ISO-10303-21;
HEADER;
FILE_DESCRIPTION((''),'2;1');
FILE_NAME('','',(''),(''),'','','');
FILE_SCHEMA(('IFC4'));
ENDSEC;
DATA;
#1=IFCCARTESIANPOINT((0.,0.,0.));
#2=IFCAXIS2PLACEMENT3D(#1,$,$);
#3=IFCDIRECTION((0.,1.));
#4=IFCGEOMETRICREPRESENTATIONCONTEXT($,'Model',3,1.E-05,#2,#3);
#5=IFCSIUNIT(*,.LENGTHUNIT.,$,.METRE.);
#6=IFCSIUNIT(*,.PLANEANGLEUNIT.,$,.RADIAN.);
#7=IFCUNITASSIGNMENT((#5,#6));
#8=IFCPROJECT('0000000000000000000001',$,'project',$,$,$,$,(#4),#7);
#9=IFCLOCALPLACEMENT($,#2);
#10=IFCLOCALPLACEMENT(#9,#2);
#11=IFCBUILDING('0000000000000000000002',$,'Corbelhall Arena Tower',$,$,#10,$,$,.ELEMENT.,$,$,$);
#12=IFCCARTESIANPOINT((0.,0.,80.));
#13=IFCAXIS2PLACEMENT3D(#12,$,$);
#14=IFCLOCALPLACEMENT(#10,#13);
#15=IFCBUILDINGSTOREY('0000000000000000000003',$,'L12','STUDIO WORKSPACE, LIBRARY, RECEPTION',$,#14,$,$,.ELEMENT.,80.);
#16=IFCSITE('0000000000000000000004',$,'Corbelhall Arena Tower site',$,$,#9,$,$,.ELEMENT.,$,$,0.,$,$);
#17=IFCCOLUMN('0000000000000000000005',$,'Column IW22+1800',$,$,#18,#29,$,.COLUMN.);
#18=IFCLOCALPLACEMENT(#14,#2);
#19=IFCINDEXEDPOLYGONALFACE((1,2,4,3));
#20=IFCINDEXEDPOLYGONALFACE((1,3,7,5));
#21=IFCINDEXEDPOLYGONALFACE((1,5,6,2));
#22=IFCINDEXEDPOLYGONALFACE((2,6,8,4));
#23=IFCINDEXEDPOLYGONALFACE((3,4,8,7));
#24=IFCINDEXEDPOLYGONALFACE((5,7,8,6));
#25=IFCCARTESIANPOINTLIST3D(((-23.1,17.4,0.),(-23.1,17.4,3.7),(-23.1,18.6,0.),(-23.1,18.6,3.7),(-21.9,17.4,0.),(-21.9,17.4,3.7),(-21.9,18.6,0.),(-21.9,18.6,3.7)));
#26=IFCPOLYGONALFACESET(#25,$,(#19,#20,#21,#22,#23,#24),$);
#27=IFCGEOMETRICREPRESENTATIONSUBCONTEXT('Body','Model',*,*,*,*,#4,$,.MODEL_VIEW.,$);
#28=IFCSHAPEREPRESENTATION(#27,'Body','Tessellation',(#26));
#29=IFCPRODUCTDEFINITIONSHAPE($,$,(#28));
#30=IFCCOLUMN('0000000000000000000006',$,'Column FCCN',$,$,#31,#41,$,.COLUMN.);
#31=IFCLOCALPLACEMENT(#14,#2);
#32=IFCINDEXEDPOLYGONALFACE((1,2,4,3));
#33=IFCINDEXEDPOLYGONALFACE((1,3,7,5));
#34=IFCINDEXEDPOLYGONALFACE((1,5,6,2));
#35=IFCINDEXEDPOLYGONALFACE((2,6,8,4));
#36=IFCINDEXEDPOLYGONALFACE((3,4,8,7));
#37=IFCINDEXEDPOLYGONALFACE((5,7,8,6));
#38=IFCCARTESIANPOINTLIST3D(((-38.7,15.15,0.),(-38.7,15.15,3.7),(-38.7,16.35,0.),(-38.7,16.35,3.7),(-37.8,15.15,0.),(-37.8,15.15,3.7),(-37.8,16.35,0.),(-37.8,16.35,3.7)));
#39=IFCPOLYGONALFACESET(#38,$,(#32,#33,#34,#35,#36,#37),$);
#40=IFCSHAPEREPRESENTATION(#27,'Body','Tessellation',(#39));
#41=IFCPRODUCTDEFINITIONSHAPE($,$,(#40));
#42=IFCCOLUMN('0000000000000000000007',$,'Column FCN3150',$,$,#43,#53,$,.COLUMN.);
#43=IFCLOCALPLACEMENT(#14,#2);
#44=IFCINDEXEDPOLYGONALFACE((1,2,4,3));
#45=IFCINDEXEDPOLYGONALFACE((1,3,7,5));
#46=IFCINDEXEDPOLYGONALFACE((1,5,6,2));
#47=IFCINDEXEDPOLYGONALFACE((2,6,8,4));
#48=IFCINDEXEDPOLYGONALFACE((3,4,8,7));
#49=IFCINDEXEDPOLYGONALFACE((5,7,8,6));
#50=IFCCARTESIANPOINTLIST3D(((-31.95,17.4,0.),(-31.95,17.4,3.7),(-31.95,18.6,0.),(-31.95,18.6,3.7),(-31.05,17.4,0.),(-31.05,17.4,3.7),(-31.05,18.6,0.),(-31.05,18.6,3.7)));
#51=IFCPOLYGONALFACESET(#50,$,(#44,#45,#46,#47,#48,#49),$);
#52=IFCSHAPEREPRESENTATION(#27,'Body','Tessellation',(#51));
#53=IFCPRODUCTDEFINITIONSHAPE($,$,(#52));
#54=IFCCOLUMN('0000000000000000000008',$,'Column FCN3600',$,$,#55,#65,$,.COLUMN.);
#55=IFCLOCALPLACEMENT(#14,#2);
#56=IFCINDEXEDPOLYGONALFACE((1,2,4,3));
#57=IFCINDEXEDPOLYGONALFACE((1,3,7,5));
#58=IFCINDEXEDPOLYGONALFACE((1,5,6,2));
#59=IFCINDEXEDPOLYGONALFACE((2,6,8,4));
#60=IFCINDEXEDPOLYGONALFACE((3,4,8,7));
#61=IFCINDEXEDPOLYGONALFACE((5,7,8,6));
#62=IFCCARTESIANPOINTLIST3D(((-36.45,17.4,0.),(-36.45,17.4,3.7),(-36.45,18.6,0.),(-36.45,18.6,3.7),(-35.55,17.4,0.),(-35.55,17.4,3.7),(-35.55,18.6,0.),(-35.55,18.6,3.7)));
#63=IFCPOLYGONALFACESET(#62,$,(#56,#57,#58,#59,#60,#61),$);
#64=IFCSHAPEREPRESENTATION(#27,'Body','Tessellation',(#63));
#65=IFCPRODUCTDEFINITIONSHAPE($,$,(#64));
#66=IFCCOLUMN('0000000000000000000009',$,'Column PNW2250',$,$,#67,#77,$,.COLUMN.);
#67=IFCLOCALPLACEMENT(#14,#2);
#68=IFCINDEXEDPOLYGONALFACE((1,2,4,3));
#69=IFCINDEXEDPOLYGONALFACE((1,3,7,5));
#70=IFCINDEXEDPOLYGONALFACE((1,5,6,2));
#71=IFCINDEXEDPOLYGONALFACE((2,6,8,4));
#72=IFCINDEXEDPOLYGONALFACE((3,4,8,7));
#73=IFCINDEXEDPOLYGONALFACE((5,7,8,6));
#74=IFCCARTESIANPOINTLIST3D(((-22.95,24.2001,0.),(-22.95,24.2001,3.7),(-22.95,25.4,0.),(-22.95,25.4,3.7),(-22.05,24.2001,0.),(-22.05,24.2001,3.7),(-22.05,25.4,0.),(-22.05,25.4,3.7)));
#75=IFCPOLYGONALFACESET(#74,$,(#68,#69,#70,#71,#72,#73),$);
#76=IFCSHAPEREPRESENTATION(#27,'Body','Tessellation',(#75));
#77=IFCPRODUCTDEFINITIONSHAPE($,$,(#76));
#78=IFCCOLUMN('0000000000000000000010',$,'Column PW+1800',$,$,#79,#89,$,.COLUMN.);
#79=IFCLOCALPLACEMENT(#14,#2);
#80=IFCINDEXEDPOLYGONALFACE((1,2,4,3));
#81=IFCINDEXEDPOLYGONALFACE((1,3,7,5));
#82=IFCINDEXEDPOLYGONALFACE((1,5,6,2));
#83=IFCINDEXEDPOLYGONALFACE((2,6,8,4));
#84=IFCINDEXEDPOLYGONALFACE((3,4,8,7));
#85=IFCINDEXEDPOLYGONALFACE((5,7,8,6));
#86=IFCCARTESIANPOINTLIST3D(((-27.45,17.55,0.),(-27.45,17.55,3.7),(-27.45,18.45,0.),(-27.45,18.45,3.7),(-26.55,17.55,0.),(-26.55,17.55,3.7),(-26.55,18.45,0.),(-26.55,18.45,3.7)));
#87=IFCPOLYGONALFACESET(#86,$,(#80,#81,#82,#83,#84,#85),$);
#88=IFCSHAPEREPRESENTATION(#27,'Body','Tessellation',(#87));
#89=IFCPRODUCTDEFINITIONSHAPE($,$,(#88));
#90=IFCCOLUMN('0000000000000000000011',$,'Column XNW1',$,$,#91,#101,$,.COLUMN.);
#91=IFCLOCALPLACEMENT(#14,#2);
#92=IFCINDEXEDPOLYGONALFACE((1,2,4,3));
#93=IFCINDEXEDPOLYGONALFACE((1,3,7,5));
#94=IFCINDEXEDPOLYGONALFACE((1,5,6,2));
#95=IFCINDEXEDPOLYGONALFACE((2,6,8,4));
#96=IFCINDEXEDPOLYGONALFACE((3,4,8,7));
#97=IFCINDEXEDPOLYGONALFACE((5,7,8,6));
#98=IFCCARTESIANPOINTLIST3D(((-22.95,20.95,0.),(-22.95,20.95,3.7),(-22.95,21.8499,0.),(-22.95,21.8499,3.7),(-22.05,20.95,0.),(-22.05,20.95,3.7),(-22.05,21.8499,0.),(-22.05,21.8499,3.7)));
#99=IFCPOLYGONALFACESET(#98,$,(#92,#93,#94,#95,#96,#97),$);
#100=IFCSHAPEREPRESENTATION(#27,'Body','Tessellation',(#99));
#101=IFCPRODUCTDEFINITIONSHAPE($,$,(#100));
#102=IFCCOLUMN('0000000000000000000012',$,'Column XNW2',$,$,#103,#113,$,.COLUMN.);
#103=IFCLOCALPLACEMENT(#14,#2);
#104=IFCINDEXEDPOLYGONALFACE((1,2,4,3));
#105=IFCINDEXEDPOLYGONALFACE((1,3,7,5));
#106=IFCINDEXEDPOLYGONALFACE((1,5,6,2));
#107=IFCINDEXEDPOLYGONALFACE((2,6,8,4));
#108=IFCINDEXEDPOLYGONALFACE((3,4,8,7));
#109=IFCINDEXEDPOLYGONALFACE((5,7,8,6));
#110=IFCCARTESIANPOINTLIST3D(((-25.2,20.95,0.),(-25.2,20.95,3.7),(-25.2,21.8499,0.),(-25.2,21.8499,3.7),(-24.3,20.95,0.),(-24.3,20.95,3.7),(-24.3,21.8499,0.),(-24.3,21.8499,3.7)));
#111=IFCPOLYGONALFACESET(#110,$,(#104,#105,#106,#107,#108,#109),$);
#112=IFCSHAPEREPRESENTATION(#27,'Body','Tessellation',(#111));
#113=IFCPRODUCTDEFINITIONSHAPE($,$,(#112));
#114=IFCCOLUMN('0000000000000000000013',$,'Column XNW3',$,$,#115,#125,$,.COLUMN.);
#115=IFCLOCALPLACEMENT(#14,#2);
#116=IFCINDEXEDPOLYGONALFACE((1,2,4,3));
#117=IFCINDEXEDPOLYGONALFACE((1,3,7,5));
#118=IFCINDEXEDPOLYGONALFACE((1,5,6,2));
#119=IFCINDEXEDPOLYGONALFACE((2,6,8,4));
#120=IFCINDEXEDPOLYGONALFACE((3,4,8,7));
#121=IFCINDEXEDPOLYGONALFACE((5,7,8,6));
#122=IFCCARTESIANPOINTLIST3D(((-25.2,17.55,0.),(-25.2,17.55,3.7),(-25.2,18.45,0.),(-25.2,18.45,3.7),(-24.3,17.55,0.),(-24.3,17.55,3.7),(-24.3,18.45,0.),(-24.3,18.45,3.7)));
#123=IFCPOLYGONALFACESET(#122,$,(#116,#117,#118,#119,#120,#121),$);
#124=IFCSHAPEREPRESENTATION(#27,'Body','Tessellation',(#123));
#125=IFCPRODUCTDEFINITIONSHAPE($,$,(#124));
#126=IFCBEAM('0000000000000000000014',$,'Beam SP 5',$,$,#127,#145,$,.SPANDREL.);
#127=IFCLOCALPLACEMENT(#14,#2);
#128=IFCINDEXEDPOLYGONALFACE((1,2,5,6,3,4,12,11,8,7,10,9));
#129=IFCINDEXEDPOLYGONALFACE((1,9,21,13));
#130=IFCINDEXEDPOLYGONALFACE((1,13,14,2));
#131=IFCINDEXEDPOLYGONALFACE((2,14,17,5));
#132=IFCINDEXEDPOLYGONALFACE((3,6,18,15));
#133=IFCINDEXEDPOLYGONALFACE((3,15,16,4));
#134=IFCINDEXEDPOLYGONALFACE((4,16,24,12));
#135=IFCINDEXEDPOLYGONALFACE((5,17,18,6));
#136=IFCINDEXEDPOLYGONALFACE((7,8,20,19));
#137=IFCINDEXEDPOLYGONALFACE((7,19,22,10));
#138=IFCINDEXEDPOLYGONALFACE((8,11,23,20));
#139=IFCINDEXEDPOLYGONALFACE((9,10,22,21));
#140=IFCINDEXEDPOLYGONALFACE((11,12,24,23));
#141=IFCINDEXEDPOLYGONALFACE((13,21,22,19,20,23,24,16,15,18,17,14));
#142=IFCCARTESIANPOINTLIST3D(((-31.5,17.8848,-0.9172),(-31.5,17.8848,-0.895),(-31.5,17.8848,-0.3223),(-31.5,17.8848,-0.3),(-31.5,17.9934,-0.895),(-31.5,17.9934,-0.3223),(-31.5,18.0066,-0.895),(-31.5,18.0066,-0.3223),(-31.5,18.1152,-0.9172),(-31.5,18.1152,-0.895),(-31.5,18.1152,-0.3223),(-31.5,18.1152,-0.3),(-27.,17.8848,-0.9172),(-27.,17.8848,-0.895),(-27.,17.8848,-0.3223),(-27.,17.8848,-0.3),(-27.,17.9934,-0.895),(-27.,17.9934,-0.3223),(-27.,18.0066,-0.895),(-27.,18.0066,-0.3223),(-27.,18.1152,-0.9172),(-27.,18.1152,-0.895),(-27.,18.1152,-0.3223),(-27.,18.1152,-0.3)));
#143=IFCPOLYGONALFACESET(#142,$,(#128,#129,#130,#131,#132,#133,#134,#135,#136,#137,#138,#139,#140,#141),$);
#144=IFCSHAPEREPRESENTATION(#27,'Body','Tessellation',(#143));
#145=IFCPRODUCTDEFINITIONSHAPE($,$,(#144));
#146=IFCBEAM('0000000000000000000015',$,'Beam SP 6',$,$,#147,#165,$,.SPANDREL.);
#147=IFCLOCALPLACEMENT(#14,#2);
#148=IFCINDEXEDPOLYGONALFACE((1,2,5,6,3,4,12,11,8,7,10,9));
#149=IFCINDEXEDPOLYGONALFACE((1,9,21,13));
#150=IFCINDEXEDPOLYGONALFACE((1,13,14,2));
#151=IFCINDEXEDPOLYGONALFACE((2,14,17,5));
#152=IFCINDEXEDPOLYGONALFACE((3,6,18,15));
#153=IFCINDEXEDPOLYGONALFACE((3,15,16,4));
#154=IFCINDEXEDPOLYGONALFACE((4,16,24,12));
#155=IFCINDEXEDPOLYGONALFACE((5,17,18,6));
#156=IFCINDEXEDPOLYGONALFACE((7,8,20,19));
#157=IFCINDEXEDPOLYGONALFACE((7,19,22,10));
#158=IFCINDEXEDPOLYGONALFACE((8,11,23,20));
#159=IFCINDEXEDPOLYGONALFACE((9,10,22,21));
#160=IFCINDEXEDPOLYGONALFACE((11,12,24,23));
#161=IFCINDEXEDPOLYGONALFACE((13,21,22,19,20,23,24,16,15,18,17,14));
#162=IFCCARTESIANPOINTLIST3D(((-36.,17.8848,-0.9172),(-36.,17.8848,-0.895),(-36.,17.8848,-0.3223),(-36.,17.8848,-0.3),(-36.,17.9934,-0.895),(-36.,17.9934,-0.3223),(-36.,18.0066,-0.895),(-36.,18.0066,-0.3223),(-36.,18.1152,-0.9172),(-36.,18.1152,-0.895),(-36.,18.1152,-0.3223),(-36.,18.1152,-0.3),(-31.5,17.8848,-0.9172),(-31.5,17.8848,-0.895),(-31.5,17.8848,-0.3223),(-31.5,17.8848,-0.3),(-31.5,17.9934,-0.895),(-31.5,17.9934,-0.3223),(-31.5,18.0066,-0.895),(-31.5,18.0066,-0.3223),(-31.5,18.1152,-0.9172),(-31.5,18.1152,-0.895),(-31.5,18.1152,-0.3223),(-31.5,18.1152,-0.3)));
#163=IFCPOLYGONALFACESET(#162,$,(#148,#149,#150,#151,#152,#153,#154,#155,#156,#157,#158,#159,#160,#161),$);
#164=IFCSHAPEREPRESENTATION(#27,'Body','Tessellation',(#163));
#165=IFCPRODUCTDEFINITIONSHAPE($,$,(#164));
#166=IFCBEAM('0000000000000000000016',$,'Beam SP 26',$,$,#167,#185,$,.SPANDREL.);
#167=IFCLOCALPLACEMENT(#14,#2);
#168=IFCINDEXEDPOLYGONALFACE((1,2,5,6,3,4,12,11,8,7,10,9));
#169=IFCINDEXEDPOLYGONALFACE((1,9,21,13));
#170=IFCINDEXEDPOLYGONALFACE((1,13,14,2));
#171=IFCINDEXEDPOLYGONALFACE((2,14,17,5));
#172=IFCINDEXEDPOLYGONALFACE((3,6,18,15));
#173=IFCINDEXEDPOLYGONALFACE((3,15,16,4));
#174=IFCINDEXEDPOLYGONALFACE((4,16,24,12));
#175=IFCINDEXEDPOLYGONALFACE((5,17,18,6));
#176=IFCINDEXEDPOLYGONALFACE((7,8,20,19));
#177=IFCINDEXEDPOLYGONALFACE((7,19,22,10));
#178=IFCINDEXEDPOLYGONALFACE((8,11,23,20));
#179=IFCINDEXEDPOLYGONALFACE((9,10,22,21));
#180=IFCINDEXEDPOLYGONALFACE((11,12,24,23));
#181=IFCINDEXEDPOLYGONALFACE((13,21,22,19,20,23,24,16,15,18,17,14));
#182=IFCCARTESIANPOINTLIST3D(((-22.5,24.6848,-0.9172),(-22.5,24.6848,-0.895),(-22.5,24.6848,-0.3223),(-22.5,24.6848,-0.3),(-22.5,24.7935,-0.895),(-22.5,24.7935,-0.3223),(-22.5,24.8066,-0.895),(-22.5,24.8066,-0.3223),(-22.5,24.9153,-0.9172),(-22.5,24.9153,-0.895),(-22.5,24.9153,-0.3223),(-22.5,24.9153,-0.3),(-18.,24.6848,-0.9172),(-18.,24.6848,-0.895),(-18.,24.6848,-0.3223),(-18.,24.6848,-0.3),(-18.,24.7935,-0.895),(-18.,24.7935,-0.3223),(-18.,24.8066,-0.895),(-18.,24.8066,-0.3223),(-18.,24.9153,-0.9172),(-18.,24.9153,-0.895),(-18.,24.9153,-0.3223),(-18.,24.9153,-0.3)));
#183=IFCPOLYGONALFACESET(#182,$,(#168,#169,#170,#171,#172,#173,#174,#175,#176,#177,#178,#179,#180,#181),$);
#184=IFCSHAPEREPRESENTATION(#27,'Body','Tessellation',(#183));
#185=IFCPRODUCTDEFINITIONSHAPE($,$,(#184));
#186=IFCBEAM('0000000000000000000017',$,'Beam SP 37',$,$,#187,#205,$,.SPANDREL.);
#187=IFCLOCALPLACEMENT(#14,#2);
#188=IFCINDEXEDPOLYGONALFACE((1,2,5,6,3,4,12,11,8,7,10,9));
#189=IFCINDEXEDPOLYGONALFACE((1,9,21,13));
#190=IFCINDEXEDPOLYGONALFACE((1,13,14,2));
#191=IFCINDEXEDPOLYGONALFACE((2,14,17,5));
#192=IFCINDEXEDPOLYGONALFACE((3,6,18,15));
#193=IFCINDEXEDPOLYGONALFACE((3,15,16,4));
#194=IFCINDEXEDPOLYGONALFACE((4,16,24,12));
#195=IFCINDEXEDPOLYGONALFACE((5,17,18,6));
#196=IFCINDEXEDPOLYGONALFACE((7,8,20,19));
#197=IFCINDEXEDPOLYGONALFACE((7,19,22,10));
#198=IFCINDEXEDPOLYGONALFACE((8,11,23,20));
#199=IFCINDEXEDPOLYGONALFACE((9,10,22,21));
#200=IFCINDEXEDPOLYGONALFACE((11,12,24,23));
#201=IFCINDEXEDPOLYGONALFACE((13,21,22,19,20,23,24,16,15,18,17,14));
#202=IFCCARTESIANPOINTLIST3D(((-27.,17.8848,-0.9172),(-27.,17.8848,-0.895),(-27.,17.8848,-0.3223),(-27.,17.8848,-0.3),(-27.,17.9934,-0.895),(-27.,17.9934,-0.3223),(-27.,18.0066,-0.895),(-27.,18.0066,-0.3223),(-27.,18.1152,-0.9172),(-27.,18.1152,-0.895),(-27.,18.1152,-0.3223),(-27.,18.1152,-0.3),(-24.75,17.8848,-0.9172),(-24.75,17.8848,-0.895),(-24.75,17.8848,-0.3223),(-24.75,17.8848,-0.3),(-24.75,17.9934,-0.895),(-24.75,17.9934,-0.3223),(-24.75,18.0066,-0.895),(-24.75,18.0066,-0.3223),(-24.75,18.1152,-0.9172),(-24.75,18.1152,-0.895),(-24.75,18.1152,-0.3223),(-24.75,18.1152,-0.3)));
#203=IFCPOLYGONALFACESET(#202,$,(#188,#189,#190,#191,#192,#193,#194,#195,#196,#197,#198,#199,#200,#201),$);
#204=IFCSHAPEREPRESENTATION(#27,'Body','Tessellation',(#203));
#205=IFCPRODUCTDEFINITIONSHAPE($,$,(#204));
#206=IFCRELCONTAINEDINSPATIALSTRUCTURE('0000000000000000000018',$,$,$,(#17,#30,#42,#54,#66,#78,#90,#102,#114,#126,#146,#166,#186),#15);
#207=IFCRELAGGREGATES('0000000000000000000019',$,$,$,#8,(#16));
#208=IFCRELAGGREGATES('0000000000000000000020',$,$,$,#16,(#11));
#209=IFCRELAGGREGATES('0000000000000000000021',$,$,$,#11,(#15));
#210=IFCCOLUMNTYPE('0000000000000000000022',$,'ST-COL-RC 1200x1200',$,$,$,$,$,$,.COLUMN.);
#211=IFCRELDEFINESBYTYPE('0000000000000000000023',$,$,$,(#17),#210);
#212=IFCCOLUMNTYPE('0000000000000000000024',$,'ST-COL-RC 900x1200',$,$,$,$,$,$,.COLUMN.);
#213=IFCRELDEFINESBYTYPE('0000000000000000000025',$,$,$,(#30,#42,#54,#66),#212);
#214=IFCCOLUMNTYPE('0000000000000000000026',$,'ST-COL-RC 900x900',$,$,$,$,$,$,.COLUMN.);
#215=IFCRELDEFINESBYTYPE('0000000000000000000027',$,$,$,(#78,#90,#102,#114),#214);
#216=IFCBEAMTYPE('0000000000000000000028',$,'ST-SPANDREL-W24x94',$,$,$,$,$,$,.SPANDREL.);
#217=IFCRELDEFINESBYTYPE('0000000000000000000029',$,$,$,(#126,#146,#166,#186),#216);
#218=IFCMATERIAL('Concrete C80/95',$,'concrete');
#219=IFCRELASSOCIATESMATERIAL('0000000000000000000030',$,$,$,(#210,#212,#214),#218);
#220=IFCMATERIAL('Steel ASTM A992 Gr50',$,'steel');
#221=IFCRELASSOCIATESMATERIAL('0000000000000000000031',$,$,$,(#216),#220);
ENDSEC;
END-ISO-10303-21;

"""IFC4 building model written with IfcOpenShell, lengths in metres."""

from ifc_helpers import new_model, si_unit, direction, frame, origin, origin_2d, place, context, subcontext, project, spatial, rectangle, i_section, extrude, material, material_profile, profile_set, type_object, element, save


model = new_model("IFC4")

# Units and contexts
model_context = context("Model", 3, precision=1e-05, world=origin(), true_north=direction((0.0, 1.0)))
body_context = subcontext(model_context, "Body", "Model", "MODEL_VIEW")
ifc_project = project(units=[si_unit("LENGTHUNIT", "METRE"), si_unit("PLANEANGLEUNIT", "RADIAN")], contexts=[model_context])

# Site, building, storey
site_placement = place(None, origin())
site = spatial("IfcSite", under=ifc_project, at=site_placement, Name="Corbelhall Arena Tower site", CompositionType="ELEMENT", RefElevation=0.0)
building_placement = place(site_placement, origin())
building = spatial("IfcBuilding", under=site, at=building_placement, Name="Corbelhall Arena Tower", CompositionType="ELEMENT")
storey_placement = place(building_placement, frame((0.0, 0.0, 80.0)))
storey = spatial("IfcBuildingStorey", under=building, at=storey_placement, Name="L12", Description="STUDIO WORKSPACE, LIBRARY, RECEPTION", CompositionType="ELEMENT", Elevation=80.0)

# Columns
ifc_material_1 = material(Name="Concrete C80/95", Category="concrete")
ifc_material_profile_1 = material_profile(ifc_material_1, rectangle(XDim=1.2, YDim=1.2, at=origin_2d()))
ifc_profile_set_1 = profile_set([ifc_material_profile_1], Name="Concrete C80/95")
column_type_1 = type_object("IfcColumnType", Name="ST-COL-RC 1200x1200", PredefinedType="COLUMN", material=ifc_profile_set_1)
column_placement = place(storey_placement, frame((-22.5, 18.0, 0.0), z_axis=(0.0, 0.0, 1.0), x_axis=(1.0, 0.0, 0.0)))
element("IfcColumn", 1, at=column_placement, inside=storey, type_object=column_type_1, Name="Column IW22+1800", PredefinedType="COLUMN", context=body_context, shape_type="SweptSolid", body=[
    extrude(rectangle(XDim=1.2, YDim=1.2, at=origin_2d()), origin(), (0.0, 0.0, 1.0), 3.7),
])
ifc_material_profile_2 = material_profile(ifc_material_1, rectangle(XDim=0.8999, YDim=1.2, at=origin_2d()))
ifc_profile_set_2 = profile_set([ifc_material_profile_2], Name="Concrete C80/95")
column_type_2 = type_object("IfcColumnType", Name="ST-COL-RC 900x1200", PredefinedType="COLUMN", material=ifc_profile_set_2)
for number, where, z_axis, x_axis, name in (
    (2, (-38.25, 15.75, 0.0), (0.0, 0.0, 1.0), (1.0, 0.0, 0.0), "Column FCCN"),
    (3, (-31.5, 18.0, 0.0), (0.0, 0.0, 1.0), (1.0, 0.0, 0.0), "Column FCN3150"),
    (4, (-36.0, 18.0, 0.0), (0.0, 0.0, 1.0), (1.0, 0.0, 0.0), "Column FCN3600"),
    (5, (-22.5, 24.8, 0.0), (0.0, 0.0, 1.0), (1.0, 0.0, 0.0), "Column PNW2250"),
):
    element("IfcColumn", number, at=place(storey_placement, frame(where, z_axis=z_axis, x_axis=x_axis)), inside=storey, type_object=column_type_2, Name=name, PredefinedType="COLUMN", context=body_context, shape_type="SweptSolid", body=[
        extrude(rectangle(XDim=0.8999, YDim=1.2, at=origin_2d()), origin(), (0.0, 0.0, 1.0), 3.7),
    ])
ifc_material_profile_3 = material_profile(ifc_material_1, rectangle(XDim=0.8999, YDim=0.8999, at=origin_2d()))
ifc_profile_set_3 = profile_set([ifc_material_profile_3], Name="Concrete C80/95")
column_type_3 = type_object("IfcColumnType", Name="ST-COL-RC 900x900", PredefinedType="COLUMN", material=ifc_profile_set_3)
for number, where, z_axis, x_axis, name in (
    (6, (-27.0, 18.0, 0.0), (0.0, 0.0, 1.0), (1.0, 0.0, 0.0), "Column PW+1800"),
    (7, (-22.5, 21.3999, 0.0), (0.0, 0.0, 1.0), (1.0, 0.0, 0.0), "Column XNW1"),
    (8, (-24.75, 21.3999, 0.0), (0.0, 0.0, 1.0), (1.0, 0.0, 0.0), "Column XNW2"),
    (9, (-24.75, 18.0, 0.0), (0.0, 0.0, 1.0), (1.0, 0.0, 0.0), "Column XNW3"),
):
    element("IfcColumn", number, at=place(storey_placement, frame(where, z_axis=z_axis, x_axis=x_axis)), inside=storey, type_object=column_type_3, Name=name, PredefinedType="COLUMN", context=body_context, shape_type="SweptSolid", body=[
        extrude(rectangle(XDim=0.8999, YDim=0.8999, at=origin_2d()), origin(), (0.0, 0.0, 1.0), 3.7),
    ])

# Beams
ifc_material_2 = material(Name="Steel ASTM A992 Gr50", Category="steel")
ifc_material_profile_4 = material_profile(ifc_material_2, i_section(OverallWidth=0.2305, OverallDepth=0.6172, WebThickness=0.0132, FlangeThickness=0.0222, at=origin_2d()))
ifc_profile_set_4 = profile_set([ifc_material_profile_4], Name="Steel ASTM A992 Gr50")
beam_type = type_object("IfcBeamType", Name="ST-SPANDREL-W24x94", PredefinedType="SPANDREL", material=ifc_profile_set_4)
for number, where, z_axis, x_axis, name in (
    (10, (-31.5, 18.0, -0.6086), (1.0, 0.0, 0.0), (0.0, 1.0, 0.0), "Beam SP 5"),
    (11, (-36.0, 18.0, -0.6086), (1.0, 0.0, 0.0), (0.0, 1.0, 0.0), "Beam SP 6"),
    (12, (-22.5, 24.8, -0.6086), (1.0, 0.0, 0.0), (0.0, 1.0, 0.0), "Beam SP 26"),
):
    element("IfcBeam", number, at=place(storey_placement, frame(where, z_axis=z_axis, x_axis=x_axis)), inside=storey, type_object=beam_type, Name=name, PredefinedType="SPANDREL", context=body_context, shape_type="SweptSolid", body=[
        extrude(i_section(OverallWidth=0.2305, OverallDepth=0.6172, WebThickness=0.0132, FlangeThickness=0.0222, at=origin_2d()), origin(), (0.0, 0.0, 1.0), 4.5),
    ])
beam_1_placement = place(storey_placement, frame((-27.0, 18.0, -0.6086), z_axis=(1.0, 0.0, 0.0), x_axis=(0.0, 1.0, 0.0)))
element("IfcBeam", 13, at=beam_1_placement, inside=storey, type_object=beam_type, Name="Beam SP 37", PredefinedType="SPANDREL", context=body_context, shape_type="SweptSolid", body=[
    extrude(i_section(OverallWidth=0.2305, OverallDepth=0.6172, WebThickness=0.0132, FlangeThickness=0.0222, at=origin_2d()), origin(), (0.0, 0.0, 1.0), 2.25),
])

save(model, "model.ifc")
